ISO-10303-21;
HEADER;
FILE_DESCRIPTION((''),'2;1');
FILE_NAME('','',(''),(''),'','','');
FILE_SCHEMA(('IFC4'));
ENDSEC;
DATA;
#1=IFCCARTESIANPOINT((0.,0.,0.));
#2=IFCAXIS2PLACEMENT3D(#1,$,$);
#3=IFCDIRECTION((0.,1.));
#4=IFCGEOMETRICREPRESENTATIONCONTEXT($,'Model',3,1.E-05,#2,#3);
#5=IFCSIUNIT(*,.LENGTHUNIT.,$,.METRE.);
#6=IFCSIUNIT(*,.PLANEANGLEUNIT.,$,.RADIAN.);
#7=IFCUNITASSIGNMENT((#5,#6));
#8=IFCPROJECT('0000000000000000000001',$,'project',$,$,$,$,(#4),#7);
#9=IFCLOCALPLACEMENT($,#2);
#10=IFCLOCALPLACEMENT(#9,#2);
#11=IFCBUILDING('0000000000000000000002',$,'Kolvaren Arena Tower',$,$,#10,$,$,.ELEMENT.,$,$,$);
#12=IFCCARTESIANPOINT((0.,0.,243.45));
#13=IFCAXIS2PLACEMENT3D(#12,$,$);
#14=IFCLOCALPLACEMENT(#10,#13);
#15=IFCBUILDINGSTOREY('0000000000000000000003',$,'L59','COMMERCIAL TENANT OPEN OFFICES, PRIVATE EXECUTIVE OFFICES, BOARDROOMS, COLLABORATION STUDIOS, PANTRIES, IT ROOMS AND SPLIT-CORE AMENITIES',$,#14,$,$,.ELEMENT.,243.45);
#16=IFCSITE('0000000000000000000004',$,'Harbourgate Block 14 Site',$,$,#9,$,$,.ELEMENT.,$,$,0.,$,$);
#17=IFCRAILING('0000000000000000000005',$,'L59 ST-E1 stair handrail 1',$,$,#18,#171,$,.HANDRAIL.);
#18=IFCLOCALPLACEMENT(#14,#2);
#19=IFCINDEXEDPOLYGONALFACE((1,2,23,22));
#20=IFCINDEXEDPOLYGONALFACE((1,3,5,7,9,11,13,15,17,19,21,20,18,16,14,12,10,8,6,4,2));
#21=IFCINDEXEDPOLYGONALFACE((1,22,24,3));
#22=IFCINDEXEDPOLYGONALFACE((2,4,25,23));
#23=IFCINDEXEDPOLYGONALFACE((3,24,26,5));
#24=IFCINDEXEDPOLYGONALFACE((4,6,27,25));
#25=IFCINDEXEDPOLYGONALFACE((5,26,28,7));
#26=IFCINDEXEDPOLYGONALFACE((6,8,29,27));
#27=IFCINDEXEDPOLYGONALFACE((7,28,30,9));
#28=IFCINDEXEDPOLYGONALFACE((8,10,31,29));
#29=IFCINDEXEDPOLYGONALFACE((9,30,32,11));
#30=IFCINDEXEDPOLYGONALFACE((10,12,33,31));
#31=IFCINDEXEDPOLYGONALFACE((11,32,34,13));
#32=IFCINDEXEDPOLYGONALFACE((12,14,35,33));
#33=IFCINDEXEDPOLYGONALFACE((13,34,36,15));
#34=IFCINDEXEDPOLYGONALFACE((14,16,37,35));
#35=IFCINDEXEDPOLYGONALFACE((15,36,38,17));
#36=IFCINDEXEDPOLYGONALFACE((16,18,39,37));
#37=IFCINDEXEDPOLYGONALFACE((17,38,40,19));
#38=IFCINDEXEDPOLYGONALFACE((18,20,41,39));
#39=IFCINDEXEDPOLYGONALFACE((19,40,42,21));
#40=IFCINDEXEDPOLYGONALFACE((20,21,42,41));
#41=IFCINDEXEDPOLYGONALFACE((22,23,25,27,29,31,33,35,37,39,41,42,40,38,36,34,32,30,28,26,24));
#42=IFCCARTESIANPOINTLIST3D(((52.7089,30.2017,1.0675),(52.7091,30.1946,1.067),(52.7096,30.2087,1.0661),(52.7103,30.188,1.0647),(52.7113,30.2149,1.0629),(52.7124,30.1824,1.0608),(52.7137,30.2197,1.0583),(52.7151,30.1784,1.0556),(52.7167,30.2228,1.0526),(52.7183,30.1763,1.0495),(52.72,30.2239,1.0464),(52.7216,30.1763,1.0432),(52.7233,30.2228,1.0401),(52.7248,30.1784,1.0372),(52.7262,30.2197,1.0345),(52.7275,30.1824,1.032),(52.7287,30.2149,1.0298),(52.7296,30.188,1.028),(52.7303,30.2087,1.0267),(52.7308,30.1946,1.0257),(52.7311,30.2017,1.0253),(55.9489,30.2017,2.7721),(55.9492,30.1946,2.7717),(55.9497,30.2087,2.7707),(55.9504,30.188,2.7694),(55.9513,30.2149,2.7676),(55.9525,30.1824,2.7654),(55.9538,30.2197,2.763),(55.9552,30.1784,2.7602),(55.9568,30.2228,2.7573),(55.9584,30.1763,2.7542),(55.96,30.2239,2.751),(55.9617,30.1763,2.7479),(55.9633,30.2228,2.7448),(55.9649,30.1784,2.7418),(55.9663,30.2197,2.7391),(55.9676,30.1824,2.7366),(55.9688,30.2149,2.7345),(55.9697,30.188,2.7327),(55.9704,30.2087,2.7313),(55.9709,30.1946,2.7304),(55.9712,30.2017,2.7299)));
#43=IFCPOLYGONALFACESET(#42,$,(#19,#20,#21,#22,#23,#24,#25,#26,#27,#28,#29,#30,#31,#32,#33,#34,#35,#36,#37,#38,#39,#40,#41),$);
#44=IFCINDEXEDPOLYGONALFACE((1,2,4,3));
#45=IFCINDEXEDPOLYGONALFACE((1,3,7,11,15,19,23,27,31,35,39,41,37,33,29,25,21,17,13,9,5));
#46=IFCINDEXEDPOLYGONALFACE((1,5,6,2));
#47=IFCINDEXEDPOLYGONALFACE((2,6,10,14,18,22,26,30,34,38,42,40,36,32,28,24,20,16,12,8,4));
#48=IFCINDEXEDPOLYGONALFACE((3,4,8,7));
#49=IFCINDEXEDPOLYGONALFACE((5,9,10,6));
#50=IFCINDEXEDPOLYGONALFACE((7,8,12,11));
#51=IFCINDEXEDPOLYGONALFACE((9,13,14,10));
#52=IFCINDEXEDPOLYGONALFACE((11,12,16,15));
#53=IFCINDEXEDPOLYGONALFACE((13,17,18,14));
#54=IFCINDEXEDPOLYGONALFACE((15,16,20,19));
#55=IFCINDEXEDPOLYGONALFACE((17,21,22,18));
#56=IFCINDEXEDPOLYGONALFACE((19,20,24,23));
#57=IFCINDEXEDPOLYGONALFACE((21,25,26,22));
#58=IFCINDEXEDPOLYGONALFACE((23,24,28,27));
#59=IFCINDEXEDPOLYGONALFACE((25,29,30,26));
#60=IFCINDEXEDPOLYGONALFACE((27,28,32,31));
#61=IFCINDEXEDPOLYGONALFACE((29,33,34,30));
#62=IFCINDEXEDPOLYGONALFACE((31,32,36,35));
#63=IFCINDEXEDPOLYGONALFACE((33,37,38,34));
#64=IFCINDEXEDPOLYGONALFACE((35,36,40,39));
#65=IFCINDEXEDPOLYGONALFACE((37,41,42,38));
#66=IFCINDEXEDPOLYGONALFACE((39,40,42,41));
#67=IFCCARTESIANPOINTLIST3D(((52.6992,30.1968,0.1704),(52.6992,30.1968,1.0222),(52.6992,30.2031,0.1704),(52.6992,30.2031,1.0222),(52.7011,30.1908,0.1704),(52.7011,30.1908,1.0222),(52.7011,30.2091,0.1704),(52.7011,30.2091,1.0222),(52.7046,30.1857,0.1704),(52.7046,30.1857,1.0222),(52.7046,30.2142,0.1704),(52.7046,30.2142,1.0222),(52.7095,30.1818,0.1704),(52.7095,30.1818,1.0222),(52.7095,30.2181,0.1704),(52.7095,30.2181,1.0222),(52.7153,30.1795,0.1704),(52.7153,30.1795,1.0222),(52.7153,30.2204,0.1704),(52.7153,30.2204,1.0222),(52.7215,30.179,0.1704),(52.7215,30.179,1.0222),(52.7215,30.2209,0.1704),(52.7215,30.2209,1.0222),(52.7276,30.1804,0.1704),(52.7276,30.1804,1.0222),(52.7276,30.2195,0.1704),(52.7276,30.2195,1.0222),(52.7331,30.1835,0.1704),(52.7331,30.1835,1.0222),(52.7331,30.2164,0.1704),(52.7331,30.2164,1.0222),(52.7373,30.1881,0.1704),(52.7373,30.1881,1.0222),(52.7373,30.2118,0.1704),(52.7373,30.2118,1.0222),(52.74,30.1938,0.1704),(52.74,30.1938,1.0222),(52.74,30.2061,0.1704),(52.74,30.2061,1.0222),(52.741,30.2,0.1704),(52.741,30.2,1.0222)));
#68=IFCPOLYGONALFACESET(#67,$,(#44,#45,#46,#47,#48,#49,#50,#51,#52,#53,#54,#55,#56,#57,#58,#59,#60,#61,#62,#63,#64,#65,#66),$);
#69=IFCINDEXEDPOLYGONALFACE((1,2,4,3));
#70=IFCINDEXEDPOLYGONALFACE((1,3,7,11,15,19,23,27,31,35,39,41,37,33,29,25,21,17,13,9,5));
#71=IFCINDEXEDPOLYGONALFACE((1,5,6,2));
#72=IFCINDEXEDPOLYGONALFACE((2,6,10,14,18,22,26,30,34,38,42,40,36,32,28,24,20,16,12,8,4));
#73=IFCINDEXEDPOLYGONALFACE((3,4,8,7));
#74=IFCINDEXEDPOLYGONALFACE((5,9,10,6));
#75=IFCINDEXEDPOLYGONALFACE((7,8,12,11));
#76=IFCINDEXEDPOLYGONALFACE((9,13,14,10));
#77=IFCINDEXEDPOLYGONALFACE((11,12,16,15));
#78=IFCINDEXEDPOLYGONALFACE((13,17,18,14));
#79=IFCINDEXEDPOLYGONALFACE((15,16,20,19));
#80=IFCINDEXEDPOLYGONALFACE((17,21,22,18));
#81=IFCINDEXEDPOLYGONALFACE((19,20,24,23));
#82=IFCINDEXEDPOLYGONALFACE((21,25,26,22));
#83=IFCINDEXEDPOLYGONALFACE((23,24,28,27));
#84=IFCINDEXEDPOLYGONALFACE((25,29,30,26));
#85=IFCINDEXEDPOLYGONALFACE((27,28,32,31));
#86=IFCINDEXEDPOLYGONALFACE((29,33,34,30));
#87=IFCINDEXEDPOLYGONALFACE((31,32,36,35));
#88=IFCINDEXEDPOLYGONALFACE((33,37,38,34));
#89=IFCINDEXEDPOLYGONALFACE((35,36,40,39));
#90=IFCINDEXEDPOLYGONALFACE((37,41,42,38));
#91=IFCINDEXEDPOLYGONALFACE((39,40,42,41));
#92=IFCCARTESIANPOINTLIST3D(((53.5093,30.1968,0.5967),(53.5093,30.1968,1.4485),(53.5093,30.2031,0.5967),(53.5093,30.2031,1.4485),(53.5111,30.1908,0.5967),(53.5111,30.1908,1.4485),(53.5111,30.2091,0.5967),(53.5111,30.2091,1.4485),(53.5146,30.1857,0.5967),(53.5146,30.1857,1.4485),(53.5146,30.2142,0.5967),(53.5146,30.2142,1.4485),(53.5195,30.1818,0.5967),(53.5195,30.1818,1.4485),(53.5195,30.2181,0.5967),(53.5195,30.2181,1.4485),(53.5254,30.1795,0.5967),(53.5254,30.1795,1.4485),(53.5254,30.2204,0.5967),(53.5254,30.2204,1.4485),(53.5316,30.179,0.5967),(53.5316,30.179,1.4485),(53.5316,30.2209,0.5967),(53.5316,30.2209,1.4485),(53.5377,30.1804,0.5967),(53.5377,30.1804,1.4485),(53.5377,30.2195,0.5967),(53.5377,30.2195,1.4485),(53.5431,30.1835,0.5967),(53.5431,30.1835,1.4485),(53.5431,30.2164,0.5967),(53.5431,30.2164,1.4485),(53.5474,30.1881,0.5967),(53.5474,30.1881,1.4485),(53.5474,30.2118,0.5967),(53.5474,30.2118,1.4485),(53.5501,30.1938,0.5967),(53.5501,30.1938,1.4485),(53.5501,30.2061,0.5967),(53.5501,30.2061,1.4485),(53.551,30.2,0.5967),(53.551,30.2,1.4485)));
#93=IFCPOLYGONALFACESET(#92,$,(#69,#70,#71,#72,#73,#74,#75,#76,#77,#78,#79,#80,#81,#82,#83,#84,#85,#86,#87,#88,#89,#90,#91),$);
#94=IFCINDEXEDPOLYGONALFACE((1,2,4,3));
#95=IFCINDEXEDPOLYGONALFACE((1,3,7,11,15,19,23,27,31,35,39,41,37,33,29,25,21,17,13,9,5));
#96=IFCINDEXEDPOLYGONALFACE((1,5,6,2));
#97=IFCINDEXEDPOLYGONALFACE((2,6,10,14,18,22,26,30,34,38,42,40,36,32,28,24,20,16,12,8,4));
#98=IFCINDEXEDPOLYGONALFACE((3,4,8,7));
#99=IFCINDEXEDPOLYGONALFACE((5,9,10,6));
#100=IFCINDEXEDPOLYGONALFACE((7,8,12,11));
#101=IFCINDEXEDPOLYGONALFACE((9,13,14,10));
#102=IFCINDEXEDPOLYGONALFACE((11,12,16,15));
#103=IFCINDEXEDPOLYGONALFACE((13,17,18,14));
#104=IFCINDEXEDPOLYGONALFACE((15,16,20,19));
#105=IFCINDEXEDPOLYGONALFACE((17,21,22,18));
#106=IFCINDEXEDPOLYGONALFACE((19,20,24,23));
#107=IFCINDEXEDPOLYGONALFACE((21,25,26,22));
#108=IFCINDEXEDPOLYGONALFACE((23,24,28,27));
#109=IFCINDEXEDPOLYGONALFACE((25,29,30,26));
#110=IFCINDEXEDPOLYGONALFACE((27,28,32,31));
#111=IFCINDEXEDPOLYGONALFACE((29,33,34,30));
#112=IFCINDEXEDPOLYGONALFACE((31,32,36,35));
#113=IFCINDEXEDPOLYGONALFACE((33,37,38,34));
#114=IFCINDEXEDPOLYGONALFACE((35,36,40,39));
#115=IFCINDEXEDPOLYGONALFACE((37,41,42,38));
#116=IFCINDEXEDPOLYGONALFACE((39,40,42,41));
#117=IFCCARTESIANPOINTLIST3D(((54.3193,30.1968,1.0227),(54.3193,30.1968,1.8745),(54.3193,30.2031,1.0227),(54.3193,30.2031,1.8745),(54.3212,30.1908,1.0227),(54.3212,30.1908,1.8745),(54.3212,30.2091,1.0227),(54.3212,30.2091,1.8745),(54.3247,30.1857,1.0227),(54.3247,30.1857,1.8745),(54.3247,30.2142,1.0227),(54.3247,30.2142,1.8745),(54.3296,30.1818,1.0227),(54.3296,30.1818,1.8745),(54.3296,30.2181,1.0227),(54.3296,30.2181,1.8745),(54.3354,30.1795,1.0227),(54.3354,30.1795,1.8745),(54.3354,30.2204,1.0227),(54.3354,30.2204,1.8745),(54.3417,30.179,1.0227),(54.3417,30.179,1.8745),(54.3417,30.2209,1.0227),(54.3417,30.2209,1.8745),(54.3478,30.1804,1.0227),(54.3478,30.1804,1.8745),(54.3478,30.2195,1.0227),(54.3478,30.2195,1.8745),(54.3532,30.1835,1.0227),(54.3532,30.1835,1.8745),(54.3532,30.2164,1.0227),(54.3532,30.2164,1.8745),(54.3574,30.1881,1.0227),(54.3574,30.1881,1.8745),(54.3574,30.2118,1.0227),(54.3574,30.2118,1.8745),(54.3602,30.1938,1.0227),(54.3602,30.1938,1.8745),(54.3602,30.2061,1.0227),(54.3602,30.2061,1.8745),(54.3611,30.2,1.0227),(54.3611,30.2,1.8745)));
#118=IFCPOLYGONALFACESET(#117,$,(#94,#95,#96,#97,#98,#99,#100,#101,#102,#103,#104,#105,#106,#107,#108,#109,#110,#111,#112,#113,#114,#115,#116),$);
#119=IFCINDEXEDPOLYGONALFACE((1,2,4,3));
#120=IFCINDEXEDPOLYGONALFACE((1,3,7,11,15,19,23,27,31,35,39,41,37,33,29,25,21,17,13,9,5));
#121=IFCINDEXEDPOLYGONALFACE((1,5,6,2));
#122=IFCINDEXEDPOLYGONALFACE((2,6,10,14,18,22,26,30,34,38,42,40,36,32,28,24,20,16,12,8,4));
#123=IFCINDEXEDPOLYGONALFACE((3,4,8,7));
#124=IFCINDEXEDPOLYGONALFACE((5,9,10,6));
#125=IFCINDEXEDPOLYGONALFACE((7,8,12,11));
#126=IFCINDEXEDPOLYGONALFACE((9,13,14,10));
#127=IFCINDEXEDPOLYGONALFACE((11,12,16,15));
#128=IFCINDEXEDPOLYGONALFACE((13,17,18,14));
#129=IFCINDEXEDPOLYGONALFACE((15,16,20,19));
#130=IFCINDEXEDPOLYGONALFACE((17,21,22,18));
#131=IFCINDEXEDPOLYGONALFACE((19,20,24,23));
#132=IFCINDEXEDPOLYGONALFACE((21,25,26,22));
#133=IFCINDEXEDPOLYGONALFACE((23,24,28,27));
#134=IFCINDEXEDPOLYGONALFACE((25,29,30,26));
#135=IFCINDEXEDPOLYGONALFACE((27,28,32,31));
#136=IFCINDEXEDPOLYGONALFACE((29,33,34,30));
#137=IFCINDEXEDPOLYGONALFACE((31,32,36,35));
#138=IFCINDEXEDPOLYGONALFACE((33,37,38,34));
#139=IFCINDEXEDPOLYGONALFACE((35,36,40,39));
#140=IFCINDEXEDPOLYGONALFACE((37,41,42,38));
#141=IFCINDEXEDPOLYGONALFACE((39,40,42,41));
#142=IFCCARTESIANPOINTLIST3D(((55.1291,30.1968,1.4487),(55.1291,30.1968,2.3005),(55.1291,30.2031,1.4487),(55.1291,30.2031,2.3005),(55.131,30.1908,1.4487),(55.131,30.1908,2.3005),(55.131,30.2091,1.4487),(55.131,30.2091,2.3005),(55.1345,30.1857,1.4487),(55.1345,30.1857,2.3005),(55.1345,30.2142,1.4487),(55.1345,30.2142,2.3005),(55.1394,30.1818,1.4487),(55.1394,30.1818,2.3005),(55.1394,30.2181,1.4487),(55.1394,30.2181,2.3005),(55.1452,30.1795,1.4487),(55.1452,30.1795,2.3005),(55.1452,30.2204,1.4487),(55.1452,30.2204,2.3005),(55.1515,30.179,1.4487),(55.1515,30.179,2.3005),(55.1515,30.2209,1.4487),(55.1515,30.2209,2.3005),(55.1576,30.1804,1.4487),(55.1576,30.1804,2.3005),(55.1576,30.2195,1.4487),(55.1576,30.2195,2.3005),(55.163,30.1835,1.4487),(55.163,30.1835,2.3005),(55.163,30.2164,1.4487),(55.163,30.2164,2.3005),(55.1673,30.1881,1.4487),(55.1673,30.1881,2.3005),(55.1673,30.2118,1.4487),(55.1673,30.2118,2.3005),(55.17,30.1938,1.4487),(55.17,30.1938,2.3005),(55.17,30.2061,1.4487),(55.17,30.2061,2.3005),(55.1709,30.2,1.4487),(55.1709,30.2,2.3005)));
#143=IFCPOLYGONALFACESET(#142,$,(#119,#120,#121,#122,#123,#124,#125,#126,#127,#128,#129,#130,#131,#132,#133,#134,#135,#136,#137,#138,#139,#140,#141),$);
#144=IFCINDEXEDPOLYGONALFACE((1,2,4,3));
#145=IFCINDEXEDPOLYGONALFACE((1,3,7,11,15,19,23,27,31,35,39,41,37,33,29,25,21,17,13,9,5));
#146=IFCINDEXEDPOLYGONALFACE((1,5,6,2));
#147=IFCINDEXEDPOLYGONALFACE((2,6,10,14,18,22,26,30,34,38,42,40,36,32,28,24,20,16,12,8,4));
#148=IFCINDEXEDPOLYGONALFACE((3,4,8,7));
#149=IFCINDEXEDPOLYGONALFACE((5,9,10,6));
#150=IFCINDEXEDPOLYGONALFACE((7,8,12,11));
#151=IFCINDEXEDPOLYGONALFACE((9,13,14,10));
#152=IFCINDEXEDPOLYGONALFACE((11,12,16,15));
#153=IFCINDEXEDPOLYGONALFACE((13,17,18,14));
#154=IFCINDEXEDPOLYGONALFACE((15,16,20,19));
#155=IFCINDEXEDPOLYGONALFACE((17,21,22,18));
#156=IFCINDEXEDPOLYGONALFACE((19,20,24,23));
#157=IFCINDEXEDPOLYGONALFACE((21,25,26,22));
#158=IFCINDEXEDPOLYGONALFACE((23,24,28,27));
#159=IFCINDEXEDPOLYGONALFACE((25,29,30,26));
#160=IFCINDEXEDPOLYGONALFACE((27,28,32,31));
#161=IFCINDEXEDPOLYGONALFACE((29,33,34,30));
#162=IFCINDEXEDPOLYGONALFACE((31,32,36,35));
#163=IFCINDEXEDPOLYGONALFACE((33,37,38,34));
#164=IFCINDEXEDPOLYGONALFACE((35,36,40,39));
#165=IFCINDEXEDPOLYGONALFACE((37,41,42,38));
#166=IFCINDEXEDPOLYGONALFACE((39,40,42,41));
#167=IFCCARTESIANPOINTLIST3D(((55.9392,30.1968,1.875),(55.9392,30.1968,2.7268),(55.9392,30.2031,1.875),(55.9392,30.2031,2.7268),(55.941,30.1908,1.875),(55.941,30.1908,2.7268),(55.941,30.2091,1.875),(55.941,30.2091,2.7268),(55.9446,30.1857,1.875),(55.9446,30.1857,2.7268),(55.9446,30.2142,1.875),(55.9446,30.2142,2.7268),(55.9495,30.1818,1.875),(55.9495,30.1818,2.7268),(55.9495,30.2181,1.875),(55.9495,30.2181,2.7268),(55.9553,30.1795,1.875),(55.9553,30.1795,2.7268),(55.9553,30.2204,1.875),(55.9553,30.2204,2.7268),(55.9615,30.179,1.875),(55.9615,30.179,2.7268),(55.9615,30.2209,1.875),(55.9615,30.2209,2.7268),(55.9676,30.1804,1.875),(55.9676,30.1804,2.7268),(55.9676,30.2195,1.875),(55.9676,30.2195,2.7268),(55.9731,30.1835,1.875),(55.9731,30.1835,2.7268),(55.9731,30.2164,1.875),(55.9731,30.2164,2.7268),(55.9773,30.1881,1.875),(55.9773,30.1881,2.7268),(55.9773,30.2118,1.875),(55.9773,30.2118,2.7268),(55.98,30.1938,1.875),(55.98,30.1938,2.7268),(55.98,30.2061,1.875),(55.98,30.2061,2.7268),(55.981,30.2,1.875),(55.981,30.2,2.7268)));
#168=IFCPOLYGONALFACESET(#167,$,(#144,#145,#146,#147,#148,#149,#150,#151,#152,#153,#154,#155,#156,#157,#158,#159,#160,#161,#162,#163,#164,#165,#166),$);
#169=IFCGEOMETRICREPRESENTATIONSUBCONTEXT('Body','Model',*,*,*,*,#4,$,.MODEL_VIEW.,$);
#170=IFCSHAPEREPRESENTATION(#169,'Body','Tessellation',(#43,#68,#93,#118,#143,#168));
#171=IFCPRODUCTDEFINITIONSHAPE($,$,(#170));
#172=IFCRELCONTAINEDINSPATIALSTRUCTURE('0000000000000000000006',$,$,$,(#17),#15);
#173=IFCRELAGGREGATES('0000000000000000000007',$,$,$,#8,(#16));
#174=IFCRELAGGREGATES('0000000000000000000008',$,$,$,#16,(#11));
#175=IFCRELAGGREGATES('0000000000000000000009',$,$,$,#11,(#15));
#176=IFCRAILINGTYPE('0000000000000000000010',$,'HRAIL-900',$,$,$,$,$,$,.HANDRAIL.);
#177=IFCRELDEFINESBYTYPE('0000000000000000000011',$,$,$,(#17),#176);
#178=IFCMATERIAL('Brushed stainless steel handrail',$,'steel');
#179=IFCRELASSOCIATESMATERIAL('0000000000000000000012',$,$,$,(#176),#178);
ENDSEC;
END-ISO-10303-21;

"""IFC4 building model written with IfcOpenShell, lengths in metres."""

from ifc_helpers import new_model, si_unit, direction, frame, origin, origin_2d, place, context, subcontext, project, spatial, circle, extrude, material, type_object, element, save


model = new_model("IFC4")

# Units and contexts
model_context = context("Model", 3, precision=1e-05, world=origin(), true_north=direction((0.0, 1.0)))
body_context = subcontext(model_context, "Body", "Model", "MODEL_VIEW")
ifc_project = project(units=[si_unit("LENGTHUNIT", "METRE"), si_unit("PLANEANGLEUNIT", "RADIAN")], contexts=[model_context])

# Site, building, storey
site_placement = place(None, origin())
site = spatial("IfcSite", under=ifc_project, at=site_placement, Name="Harbourgate Block 14 Site", CompositionType="ELEMENT", RefElevation=0.0)
building_placement = place(site_placement, origin())
building = spatial("IfcBuilding", under=site, at=building_placement, Name="Kolvaren Arena Tower", CompositionType="ELEMENT")
storey_placement = place(building_placement, frame((0.0, 0.0, 243.45)))
storey = spatial("IfcBuildingStorey", under=building, at=storey_placement, Name="L59", Description="COMMERCIAL TENANT OPEN OFFICES, PRIVATE EXECUTIVE OFFICES, BOARDROOMS, COLLABORATION STUDIOS, PANTRIES, IT ROOMS AND SPLIT-CORE AMENITIES", CompositionType="ELEMENT", Elevation=243.45)

# Railing
ifc_material_1 = material(Name="Brushed stainless steel handrail", Category="steel")
railing_type_1 = type_object("IfcRailingType", Name="HRAIL-900", PredefinedType="HANDRAIL", material=ifc_material_1)
for number, where, name in (
    (1, (52.72, 30.2, 0.1704), "L59 ST-E1 stair handrail 1"),
):
    element("IfcRailing", number, at=place(storey_placement, frame(where)), inside=storey, type_object=railing_type_1, Name=name, PredefinedType="HANDRAIL", context=body_context, shape_type="SweptSolid", body=[
        extrude(circle(Radius=0.0239, at=origin_2d()), frame((0.0, 0.0, 0.876), z_axis=(0.884993, 0.0, 0.465604), x_axis=(0.0, 1.0, 0.0)), (0.0, 0.0, 1.0), 3.6611),
        extrude(circle(Radius=0.021, at=origin_2d()), origin(), (0.0, 0.0, 1.0), 0.8518),
        extrude(circle(Radius=0.021, at=origin_2d()), frame((0.8101, 0.0, 0.4263)), (0.0, 0.0, 1.0), 0.8518),
        extrude(circle(Radius=0.021, at=origin_2d()), frame((1.6201, 0.0, 0.8523)), (0.0, 0.0, 1.0), 0.8518),
        extrude(circle(Radius=0.021, at=origin_2d()), frame((2.4299, 0.0, 1.2783)), (0.0, 0.0, 1.0), 0.8518),
        extrude(circle(Radius=0.021, at=origin_2d()), frame((3.24, 0.0, 1.7046)), (0.0, 0.0, 1.0), 0.8518),
    ])

save(model, "model.ifc")
